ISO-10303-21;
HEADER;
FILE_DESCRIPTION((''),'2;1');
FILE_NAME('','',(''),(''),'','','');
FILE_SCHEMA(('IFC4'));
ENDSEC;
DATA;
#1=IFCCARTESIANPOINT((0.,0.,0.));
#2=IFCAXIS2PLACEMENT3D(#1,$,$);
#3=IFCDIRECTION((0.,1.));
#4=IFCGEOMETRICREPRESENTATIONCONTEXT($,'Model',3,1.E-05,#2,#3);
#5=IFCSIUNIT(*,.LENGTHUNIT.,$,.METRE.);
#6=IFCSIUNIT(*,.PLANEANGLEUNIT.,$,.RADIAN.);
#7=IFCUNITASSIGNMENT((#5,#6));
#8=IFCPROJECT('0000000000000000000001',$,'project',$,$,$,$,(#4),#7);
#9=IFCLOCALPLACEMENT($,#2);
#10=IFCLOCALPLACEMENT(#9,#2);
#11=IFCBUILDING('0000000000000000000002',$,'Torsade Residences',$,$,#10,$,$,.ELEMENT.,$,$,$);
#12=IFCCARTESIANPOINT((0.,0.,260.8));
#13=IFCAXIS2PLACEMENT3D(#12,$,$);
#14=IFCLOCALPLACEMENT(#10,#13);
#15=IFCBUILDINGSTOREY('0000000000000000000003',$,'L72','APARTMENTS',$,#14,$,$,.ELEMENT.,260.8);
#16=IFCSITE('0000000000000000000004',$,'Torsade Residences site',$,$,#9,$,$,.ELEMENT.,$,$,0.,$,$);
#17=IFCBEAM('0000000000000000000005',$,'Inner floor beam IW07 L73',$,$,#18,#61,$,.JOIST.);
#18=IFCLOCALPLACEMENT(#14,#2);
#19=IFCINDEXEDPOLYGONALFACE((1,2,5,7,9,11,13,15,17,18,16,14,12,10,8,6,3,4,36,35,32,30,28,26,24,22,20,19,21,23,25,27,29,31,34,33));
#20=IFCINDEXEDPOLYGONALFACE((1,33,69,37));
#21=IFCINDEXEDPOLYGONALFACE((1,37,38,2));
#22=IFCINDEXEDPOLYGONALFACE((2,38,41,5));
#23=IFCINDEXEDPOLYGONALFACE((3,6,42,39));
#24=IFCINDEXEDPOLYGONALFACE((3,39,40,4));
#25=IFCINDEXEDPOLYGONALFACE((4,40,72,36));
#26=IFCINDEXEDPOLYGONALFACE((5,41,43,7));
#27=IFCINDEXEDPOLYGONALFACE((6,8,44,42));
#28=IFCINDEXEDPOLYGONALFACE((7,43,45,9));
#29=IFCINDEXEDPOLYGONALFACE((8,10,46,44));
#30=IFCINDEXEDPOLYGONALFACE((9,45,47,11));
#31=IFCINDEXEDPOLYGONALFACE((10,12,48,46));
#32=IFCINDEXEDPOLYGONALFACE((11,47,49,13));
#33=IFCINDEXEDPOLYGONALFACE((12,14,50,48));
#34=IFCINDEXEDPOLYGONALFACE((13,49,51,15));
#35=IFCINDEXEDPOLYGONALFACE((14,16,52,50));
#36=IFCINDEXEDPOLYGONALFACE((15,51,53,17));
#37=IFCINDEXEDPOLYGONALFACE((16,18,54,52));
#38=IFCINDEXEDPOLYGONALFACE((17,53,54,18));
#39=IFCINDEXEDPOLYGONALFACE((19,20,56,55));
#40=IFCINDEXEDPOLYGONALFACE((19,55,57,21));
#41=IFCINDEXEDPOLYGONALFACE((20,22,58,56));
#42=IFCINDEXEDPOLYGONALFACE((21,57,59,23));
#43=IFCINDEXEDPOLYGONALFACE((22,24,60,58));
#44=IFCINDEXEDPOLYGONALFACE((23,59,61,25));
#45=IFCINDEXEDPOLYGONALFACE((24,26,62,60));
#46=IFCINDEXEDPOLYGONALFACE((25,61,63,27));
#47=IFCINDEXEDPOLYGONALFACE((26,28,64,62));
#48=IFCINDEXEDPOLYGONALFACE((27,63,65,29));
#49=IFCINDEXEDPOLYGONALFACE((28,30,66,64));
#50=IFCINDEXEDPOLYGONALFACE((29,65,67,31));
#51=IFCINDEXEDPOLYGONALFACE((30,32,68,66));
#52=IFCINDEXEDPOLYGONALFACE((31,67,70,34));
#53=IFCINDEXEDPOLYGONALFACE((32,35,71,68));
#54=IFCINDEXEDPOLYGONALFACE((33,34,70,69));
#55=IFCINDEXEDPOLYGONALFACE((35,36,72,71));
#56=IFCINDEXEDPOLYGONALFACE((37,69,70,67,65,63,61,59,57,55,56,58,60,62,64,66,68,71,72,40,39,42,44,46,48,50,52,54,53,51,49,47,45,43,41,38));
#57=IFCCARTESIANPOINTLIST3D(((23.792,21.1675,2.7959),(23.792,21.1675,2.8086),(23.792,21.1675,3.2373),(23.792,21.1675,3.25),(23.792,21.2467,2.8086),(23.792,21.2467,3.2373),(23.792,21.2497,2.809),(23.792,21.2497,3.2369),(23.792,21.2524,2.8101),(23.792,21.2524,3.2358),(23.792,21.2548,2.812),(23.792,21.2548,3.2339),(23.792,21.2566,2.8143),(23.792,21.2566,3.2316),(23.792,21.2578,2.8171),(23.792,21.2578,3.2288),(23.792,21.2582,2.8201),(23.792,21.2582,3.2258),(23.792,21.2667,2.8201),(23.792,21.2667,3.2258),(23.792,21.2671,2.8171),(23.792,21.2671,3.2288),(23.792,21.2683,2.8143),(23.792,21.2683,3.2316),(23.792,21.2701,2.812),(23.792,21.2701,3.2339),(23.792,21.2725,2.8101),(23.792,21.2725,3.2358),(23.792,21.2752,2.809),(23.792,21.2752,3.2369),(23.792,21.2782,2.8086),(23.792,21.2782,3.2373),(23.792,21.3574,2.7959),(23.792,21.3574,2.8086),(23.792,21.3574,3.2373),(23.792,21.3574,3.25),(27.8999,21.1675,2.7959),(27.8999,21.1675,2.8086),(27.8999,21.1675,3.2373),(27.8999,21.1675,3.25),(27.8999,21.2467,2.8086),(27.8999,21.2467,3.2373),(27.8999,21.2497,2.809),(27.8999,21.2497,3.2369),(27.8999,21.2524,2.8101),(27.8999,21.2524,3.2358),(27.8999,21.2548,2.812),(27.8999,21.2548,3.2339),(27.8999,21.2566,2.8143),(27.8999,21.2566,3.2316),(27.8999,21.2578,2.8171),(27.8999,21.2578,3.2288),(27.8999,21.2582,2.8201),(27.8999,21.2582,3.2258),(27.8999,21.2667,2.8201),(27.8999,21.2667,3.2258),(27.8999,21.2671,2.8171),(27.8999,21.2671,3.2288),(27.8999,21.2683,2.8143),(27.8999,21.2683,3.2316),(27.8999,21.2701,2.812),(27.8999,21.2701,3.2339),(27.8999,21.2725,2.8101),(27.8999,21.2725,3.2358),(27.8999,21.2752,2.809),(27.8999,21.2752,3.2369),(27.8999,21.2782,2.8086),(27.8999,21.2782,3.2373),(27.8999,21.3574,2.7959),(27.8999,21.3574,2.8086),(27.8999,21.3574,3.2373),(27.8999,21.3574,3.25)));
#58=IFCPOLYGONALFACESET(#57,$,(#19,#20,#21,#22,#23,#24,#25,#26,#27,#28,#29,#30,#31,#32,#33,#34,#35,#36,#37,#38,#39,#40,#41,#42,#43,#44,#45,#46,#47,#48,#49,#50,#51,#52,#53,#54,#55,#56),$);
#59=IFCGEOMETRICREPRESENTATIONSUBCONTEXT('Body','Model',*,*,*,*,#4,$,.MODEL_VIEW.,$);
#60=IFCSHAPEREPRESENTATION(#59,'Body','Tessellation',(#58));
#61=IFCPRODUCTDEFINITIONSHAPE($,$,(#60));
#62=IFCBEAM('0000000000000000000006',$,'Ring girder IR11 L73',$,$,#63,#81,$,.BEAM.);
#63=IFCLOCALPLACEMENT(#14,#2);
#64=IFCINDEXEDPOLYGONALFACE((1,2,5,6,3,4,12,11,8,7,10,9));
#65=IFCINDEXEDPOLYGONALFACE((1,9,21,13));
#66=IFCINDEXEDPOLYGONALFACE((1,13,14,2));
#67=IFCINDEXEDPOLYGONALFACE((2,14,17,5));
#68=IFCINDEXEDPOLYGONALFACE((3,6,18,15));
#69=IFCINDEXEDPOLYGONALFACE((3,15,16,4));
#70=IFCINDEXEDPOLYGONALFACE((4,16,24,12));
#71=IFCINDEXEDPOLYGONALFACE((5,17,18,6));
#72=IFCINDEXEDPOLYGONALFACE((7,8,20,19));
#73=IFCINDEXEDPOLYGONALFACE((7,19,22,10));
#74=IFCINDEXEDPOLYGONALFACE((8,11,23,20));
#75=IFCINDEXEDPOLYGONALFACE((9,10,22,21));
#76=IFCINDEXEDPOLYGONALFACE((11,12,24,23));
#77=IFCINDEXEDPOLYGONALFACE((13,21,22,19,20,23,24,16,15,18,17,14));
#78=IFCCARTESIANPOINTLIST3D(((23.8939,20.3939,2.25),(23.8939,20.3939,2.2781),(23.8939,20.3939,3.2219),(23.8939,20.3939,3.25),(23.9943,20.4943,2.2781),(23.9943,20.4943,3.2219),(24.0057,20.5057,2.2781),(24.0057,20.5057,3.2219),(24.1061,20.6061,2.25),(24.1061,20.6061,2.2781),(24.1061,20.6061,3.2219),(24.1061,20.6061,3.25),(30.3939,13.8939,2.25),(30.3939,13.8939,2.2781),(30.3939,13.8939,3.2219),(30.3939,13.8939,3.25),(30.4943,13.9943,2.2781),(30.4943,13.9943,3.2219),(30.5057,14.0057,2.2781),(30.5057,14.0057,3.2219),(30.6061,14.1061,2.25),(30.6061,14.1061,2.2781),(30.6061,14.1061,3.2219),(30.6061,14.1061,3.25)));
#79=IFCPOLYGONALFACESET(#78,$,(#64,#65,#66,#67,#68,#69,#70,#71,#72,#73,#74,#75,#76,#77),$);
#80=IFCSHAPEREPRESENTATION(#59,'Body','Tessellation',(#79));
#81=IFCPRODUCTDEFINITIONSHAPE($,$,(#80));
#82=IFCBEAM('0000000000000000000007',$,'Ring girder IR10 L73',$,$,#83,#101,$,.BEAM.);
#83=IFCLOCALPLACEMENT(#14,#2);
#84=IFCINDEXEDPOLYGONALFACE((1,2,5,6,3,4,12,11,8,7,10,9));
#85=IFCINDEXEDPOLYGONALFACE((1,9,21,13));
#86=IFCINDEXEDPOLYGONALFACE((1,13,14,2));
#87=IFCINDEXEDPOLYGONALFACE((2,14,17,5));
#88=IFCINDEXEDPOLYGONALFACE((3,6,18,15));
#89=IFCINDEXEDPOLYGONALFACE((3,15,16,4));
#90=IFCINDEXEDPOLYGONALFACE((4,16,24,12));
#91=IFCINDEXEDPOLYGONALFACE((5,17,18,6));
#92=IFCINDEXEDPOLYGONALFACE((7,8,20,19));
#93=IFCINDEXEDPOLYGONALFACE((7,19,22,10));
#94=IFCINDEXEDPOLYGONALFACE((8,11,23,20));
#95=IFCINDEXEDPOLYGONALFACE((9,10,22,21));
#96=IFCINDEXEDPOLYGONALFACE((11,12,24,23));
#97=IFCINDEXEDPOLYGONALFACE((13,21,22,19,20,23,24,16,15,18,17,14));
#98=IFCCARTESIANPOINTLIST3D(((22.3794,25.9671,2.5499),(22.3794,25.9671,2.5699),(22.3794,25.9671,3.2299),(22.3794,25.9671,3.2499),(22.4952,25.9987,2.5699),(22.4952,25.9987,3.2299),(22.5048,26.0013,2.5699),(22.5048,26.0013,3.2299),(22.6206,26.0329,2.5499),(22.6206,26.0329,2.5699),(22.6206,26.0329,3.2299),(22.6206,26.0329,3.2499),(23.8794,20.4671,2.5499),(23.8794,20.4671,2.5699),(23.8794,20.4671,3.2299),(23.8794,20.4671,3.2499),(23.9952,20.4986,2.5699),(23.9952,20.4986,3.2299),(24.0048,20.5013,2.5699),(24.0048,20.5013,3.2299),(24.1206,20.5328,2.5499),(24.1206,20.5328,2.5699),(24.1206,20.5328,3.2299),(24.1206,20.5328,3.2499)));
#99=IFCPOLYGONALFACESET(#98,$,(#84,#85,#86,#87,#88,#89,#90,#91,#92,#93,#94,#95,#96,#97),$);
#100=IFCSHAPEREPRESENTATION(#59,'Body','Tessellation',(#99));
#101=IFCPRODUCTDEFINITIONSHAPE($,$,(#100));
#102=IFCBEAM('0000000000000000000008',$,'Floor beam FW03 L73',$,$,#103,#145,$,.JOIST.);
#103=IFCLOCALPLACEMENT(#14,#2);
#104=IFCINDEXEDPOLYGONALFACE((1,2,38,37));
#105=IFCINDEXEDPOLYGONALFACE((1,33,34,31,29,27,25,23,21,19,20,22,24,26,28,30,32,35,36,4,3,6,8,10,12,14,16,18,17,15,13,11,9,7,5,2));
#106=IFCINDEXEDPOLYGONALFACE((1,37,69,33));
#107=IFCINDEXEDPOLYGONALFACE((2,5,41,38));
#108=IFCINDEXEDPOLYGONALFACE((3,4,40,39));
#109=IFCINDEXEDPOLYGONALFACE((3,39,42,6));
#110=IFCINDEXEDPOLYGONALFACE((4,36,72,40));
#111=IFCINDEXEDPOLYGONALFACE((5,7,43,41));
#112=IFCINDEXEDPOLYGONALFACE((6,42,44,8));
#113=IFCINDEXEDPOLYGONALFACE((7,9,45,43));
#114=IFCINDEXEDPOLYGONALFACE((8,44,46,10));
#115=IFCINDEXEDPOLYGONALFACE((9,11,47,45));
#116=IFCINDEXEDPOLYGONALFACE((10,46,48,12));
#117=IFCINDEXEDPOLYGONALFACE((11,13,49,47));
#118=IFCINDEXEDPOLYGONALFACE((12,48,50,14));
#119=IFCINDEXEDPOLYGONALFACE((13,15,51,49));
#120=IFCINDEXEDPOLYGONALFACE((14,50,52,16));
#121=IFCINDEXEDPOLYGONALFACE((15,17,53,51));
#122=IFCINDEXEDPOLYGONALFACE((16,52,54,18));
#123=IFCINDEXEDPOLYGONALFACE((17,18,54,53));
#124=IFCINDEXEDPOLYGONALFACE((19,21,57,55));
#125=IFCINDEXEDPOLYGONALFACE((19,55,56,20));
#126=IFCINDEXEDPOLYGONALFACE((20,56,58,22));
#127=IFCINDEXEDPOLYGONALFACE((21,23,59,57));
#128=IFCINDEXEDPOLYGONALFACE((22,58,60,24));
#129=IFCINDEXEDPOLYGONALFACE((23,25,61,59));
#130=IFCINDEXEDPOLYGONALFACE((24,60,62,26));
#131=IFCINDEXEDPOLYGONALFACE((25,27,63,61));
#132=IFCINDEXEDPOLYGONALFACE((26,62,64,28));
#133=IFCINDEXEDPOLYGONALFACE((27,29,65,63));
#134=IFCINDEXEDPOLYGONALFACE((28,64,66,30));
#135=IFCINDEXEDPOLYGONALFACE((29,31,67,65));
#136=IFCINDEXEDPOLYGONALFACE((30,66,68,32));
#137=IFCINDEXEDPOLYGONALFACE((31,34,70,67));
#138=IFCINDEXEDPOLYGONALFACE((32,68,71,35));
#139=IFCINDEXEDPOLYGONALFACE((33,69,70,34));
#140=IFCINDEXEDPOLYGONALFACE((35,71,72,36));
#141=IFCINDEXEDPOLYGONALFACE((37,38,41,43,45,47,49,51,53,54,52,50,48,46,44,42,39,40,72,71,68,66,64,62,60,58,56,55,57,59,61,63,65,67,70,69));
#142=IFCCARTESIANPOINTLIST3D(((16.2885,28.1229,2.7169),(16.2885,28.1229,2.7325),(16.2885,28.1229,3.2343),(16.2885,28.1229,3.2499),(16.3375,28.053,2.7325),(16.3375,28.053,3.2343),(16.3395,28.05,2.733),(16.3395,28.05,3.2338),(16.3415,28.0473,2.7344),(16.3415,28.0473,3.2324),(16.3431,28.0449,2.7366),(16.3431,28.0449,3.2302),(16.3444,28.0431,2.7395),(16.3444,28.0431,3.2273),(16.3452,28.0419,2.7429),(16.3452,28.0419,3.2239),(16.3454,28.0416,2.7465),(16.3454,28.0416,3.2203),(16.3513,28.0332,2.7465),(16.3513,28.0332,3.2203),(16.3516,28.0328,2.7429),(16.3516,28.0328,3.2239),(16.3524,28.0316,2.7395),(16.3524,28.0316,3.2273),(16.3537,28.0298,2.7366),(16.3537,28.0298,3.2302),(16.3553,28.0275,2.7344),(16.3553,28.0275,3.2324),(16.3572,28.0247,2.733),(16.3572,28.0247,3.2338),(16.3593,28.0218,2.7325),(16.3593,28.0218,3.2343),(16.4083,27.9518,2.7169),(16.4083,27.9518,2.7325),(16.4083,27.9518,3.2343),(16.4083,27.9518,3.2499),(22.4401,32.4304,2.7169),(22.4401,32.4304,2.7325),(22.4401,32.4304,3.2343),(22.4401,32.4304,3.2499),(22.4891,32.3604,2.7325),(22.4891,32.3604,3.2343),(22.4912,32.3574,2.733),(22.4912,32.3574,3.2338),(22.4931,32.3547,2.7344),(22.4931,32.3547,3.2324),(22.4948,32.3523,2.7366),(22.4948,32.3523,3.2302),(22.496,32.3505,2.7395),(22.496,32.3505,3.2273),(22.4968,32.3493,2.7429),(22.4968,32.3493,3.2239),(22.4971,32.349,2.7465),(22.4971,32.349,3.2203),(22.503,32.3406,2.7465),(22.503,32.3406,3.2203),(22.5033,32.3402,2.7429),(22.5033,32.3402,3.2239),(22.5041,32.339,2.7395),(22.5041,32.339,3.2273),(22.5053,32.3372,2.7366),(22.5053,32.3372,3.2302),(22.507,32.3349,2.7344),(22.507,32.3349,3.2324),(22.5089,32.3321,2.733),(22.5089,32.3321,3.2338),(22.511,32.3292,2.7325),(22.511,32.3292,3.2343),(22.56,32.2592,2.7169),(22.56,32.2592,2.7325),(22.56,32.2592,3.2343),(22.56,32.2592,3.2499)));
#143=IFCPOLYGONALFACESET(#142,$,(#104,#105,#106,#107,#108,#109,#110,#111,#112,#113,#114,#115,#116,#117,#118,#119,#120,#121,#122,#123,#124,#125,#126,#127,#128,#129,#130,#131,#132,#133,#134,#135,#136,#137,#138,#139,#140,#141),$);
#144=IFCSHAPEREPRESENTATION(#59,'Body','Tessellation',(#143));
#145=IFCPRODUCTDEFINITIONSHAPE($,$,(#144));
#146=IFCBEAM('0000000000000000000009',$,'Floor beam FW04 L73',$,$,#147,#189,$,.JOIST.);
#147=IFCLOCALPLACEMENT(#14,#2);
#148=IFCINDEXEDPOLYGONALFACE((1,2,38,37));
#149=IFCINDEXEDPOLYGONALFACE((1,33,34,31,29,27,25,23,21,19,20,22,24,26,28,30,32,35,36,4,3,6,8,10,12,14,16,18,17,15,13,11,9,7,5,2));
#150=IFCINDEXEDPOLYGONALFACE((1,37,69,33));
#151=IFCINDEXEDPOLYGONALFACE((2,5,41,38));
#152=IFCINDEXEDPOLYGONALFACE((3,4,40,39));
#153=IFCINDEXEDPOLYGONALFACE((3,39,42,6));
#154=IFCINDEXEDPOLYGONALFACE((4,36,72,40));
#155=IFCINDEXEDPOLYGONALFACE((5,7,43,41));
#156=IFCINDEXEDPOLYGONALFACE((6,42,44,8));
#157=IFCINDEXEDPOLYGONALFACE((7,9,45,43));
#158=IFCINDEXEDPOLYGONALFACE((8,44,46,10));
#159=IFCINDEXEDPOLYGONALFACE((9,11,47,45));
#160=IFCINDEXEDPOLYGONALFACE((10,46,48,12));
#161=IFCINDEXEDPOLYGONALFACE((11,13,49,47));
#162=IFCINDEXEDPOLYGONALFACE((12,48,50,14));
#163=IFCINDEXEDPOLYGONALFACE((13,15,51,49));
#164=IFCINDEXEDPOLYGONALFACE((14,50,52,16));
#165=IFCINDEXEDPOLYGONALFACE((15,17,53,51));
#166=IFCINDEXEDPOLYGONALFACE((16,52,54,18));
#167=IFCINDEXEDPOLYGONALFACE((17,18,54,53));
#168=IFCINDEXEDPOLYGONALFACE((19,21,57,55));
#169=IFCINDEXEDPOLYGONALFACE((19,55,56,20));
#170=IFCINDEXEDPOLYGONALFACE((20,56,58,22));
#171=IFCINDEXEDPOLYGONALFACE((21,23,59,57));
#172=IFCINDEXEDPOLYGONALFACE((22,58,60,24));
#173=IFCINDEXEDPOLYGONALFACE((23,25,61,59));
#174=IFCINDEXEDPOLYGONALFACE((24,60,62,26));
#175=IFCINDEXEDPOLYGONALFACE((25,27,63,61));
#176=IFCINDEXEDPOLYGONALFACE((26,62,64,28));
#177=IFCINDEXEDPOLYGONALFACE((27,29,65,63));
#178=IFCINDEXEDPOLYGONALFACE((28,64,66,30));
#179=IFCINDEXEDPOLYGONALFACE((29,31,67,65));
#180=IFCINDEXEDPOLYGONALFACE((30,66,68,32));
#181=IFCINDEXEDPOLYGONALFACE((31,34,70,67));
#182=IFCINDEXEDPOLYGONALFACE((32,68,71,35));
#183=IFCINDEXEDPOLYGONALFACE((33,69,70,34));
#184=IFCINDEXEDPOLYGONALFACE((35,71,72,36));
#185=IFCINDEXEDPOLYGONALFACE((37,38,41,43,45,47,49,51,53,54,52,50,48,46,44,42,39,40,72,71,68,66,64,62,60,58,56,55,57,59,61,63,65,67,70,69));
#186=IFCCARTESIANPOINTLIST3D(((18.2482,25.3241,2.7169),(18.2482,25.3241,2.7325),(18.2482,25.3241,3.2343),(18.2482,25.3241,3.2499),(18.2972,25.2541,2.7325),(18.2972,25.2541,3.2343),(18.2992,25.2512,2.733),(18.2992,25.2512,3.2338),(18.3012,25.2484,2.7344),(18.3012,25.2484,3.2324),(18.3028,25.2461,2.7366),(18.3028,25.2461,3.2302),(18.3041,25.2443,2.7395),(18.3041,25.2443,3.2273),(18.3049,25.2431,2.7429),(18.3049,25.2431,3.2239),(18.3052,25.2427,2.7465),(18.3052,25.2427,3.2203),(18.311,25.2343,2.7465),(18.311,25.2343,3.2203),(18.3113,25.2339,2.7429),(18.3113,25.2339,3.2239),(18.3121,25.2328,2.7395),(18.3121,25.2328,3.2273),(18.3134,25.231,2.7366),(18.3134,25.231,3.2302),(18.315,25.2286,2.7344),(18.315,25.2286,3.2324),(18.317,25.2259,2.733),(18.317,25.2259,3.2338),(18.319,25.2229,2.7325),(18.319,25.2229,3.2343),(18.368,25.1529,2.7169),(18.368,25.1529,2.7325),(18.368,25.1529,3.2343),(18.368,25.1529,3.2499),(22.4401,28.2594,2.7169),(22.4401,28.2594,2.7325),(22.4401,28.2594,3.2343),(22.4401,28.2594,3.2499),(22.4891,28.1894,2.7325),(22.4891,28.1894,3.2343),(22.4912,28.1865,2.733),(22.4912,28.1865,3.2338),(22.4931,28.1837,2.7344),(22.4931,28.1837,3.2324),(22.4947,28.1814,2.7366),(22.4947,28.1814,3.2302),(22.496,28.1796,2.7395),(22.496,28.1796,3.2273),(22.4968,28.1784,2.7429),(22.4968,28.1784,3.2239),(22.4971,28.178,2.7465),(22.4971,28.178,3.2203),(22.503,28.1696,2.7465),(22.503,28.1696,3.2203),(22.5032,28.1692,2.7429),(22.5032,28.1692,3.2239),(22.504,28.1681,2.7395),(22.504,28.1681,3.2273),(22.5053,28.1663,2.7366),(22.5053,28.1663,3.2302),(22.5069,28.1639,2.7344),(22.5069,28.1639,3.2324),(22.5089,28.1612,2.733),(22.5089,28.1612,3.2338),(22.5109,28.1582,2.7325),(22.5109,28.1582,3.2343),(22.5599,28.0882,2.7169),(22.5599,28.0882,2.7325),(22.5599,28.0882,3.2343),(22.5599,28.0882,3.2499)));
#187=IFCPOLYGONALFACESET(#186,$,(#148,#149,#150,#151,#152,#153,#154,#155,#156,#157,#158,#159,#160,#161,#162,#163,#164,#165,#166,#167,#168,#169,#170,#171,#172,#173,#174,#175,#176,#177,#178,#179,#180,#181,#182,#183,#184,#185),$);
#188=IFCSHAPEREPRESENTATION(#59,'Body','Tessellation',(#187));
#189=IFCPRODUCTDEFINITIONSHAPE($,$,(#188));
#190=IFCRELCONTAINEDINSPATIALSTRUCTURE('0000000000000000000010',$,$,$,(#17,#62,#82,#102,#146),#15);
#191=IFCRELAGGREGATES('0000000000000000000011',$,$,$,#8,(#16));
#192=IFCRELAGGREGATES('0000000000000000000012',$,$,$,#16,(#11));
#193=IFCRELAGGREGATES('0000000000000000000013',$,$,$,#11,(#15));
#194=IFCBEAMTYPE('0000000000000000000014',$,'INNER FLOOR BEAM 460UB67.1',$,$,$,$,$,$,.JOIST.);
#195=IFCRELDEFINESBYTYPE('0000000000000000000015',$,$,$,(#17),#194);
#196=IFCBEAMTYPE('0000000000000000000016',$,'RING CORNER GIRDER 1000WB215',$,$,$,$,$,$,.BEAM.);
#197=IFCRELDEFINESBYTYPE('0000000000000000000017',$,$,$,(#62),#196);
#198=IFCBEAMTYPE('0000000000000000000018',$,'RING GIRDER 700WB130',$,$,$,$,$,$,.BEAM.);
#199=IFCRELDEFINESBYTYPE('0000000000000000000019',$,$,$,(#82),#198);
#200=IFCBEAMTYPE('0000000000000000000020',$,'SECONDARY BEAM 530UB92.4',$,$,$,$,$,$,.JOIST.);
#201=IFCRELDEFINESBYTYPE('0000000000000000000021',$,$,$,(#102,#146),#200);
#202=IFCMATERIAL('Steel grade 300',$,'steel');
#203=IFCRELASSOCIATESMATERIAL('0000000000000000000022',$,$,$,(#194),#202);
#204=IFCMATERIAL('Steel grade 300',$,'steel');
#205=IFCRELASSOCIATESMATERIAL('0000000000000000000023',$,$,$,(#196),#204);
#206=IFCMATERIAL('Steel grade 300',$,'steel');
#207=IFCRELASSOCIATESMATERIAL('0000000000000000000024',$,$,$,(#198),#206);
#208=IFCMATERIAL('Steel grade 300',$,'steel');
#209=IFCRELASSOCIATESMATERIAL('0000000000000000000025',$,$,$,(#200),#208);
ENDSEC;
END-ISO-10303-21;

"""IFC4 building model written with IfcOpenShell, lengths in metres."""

from ifc_helpers import new_model, si_unit, direction, frame, origin, origin_2d, place, context, subcontext, project, spatial, i_section, extrude, material, material_profile, profile_set, type_object, element, save


model = new_model("IFC4")

# Units and contexts
model_context = context("Model", 3, precision=1e-05, world=origin(), true_north=direction((0.0, 1.0)))
body_context = subcontext(model_context, "Body", "Model", "MODEL_VIEW")
ifc_project = project(units=[si_unit("LENGTHUNIT", "METRE"), si_unit("PLANEANGLEUNIT", "RADIAN")], contexts=[model_context])

# Site, building, storey
site_placement = place(None, origin())
site = spatial("IfcSite", under=ifc_project, at=site_placement, Name="Torsade Residences site", CompositionType="ELEMENT", RefElevation=0.0)
building_placement = place(site_placement, origin())
building = spatial("IfcBuilding", under=site, at=building_placement, Name="Torsade Residences", CompositionType="ELEMENT")
storey_placement = place(building_placement, frame((0.0, 0.0, 260.8)))
storey = spatial("IfcBuildingStorey", under=building, at=storey_placement, Name="L72", Description="APARTMENTS", CompositionType="ELEMENT", Elevation=260.8)

# Beams
ifc_material_1 = material(Name="Steel grade 300", Category="steel")
ifc_material_profile_1 = material_profile(ifc_material_1, i_section(OverallWidth=0.1899, OverallDepth=0.4541, WebThickness=0.0085, FlangeThickness=0.0127, FilletRadius=0.0115, at=origin_2d()), Name="460UB67.1")
ifc_profile_set_1 = profile_set([ifc_material_profile_1], Name="Steel grade 300")
beam_type_1 = type_object("IfcBeamType", Name="INNER FLOOR BEAM 460UB67.1", PredefinedType="JOIST", material=ifc_profile_set_1)
beam_1_placement = place(storey_placement, frame((27.8999, 21.2625, 3.0229), z_axis=(-1.0, 0.0, 0.0), x_axis=(0.0, -1.0, 0.0)))
element("IfcBeam", 1, at=beam_1_placement, inside=storey, type_object=beam_type_1, Name="Inner floor beam IW07 L73", PredefinedType="JOIST", context=body_context, shape_type="SweptSolid", body=[
    extrude(i_section(OverallWidth=0.1899, OverallDepth=0.4541, WebThickness=0.0085, FlangeThickness=0.0127, FilletRadius=0.0115, at=origin_2d()), origin(), (0.0, 0.0, 1.0), 4.1079),
])
ifc_material_2 = material(Name="Steel grade 300", Category="steel")
ifc_material_profile_2 = material_profile(ifc_material_2, i_section(OverallWidth=0.3, OverallDepth=1.0, WebThickness=0.0161, FlangeThickness=0.0281, at=origin_2d()), Name="1000WB215")
ifc_profile_set_2 = profile_set([ifc_material_profile_2], Name="Steel grade 300")
beam_type_2 = type_object("IfcBeamType", Name="RING CORNER GIRDER 1000WB215", PredefinedType="BEAM", material=ifc_profile_set_2)
beam_2_placement = place(storey_placement, frame((24.0, 20.5, 2.75), z_axis=(0.707107, -0.707107, 0.0), x_axis=(0.707107, 0.707107, 0.0)))
element("IfcBeam", 2, at=beam_2_placement, inside=storey, type_object=beam_type_2, Name="Ring girder IR11 L73", PredefinedType="BEAM", context=body_context, shape_type="SweptSolid", body=[
    extrude(i_section(OverallWidth=0.3, OverallDepth=1.0, WebThickness=0.0161, FlangeThickness=0.0281, at=origin_2d()), origin(), (0.0, 0.0, 1.0), 9.1924),
])
ifc_material_3 = material(Name="Steel grade 300", Category="steel")
ifc_material_profile_3 = material_profile(ifc_material_3, i_section(OverallWidth=0.25, OverallDepth=0.7, WebThickness=0.01, FlangeThickness=0.02, at=origin_2d()), Name="700WB130")
ifc_profile_set_3 = profile_set([ifc_material_profile_3], Name="Steel grade 300")
beam_type_3 = type_object("IfcBeamType", Name="RING GIRDER 700WB130", PredefinedType="BEAM", material=ifc_profile_set_3)
beam_3_placement = place(storey_placement, frame((22.5, 26.0, 2.8999), z_axis=(0.263117, -0.964764, 0.0), x_axis=(0.964764, 0.263117, 0.0)))
element("IfcBeam", 3, at=beam_3_placement, inside=storey, type_object=beam_type_3, Name="Ring girder IR10 L73", PredefinedType="BEAM", context=body_context, shape_type="SweptSolid", body=[
    extrude(i_section(OverallWidth=0.25, OverallDepth=0.7, WebThickness=0.01, FlangeThickness=0.02, at=origin_2d()), origin(), (0.0, 0.0, 1.0), 5.7009),
])
ifc_material_4 = material(Name="Steel grade 300", Category="steel")
ifc_material_profile_4 = material_profile(ifc_material_4, i_section(OverallWidth=0.209, OverallDepth=0.533, WebThickness=0.0103, FlangeThickness=0.0156, FilletRadius=0.0139, at=origin_2d()), Name="530UB92.4")
ifc_profile_set_4 = profile_set([ifc_material_profile_4], Name="Steel grade 300")
beam_type_4 = type_object("IfcBeamType", Name="SECONDARY BEAM 530UB92.4", PredefinedType="JOIST", material=ifc_profile_set_4)
beam_4_placement = place(storey_placement, frame((16.3484, 28.0374, 2.9834), z_axis=(0.819154, 0.573574, 0.0), x_axis=(-0.573574, 0.819154, 0.0)))
element("IfcBeam", 4, at=beam_4_placement, inside=storey, type_object=beam_type_4, Name="Floor beam FW03 L73", PredefinedType="JOIST", context=body_context, shape_type="SweptSolid", body=[
    extrude(i_section(OverallWidth=0.209, OverallDepth=0.533, WebThickness=0.0103, FlangeThickness=0.0156, FilletRadius=0.0139, at=origin_2d()), origin(), (0.0, 0.0, 1.0), 7.5098),
])
beam_5_placement = place(storey_placement, frame((18.3081, 25.2385, 2.9834), z_axis=(0.819142, 0.57359, 0.0), x_axis=(-0.57359, 0.819142, 0.0)))
element("IfcBeam", 5, at=beam_5_placement, inside=storey, type_object=beam_type_4, Name="Floor beam FW04 L73", PredefinedType="JOIST", context=body_context, shape_type="SweptSolid", body=[
    extrude(i_section(OverallWidth=0.209, OverallDepth=0.533, WebThickness=0.0103, FlangeThickness=0.0156, FilletRadius=0.0139, at=origin_2d()), origin(), (0.0, 0.0, 1.0), 5.1174),
])

save(model, "model.ifc")
